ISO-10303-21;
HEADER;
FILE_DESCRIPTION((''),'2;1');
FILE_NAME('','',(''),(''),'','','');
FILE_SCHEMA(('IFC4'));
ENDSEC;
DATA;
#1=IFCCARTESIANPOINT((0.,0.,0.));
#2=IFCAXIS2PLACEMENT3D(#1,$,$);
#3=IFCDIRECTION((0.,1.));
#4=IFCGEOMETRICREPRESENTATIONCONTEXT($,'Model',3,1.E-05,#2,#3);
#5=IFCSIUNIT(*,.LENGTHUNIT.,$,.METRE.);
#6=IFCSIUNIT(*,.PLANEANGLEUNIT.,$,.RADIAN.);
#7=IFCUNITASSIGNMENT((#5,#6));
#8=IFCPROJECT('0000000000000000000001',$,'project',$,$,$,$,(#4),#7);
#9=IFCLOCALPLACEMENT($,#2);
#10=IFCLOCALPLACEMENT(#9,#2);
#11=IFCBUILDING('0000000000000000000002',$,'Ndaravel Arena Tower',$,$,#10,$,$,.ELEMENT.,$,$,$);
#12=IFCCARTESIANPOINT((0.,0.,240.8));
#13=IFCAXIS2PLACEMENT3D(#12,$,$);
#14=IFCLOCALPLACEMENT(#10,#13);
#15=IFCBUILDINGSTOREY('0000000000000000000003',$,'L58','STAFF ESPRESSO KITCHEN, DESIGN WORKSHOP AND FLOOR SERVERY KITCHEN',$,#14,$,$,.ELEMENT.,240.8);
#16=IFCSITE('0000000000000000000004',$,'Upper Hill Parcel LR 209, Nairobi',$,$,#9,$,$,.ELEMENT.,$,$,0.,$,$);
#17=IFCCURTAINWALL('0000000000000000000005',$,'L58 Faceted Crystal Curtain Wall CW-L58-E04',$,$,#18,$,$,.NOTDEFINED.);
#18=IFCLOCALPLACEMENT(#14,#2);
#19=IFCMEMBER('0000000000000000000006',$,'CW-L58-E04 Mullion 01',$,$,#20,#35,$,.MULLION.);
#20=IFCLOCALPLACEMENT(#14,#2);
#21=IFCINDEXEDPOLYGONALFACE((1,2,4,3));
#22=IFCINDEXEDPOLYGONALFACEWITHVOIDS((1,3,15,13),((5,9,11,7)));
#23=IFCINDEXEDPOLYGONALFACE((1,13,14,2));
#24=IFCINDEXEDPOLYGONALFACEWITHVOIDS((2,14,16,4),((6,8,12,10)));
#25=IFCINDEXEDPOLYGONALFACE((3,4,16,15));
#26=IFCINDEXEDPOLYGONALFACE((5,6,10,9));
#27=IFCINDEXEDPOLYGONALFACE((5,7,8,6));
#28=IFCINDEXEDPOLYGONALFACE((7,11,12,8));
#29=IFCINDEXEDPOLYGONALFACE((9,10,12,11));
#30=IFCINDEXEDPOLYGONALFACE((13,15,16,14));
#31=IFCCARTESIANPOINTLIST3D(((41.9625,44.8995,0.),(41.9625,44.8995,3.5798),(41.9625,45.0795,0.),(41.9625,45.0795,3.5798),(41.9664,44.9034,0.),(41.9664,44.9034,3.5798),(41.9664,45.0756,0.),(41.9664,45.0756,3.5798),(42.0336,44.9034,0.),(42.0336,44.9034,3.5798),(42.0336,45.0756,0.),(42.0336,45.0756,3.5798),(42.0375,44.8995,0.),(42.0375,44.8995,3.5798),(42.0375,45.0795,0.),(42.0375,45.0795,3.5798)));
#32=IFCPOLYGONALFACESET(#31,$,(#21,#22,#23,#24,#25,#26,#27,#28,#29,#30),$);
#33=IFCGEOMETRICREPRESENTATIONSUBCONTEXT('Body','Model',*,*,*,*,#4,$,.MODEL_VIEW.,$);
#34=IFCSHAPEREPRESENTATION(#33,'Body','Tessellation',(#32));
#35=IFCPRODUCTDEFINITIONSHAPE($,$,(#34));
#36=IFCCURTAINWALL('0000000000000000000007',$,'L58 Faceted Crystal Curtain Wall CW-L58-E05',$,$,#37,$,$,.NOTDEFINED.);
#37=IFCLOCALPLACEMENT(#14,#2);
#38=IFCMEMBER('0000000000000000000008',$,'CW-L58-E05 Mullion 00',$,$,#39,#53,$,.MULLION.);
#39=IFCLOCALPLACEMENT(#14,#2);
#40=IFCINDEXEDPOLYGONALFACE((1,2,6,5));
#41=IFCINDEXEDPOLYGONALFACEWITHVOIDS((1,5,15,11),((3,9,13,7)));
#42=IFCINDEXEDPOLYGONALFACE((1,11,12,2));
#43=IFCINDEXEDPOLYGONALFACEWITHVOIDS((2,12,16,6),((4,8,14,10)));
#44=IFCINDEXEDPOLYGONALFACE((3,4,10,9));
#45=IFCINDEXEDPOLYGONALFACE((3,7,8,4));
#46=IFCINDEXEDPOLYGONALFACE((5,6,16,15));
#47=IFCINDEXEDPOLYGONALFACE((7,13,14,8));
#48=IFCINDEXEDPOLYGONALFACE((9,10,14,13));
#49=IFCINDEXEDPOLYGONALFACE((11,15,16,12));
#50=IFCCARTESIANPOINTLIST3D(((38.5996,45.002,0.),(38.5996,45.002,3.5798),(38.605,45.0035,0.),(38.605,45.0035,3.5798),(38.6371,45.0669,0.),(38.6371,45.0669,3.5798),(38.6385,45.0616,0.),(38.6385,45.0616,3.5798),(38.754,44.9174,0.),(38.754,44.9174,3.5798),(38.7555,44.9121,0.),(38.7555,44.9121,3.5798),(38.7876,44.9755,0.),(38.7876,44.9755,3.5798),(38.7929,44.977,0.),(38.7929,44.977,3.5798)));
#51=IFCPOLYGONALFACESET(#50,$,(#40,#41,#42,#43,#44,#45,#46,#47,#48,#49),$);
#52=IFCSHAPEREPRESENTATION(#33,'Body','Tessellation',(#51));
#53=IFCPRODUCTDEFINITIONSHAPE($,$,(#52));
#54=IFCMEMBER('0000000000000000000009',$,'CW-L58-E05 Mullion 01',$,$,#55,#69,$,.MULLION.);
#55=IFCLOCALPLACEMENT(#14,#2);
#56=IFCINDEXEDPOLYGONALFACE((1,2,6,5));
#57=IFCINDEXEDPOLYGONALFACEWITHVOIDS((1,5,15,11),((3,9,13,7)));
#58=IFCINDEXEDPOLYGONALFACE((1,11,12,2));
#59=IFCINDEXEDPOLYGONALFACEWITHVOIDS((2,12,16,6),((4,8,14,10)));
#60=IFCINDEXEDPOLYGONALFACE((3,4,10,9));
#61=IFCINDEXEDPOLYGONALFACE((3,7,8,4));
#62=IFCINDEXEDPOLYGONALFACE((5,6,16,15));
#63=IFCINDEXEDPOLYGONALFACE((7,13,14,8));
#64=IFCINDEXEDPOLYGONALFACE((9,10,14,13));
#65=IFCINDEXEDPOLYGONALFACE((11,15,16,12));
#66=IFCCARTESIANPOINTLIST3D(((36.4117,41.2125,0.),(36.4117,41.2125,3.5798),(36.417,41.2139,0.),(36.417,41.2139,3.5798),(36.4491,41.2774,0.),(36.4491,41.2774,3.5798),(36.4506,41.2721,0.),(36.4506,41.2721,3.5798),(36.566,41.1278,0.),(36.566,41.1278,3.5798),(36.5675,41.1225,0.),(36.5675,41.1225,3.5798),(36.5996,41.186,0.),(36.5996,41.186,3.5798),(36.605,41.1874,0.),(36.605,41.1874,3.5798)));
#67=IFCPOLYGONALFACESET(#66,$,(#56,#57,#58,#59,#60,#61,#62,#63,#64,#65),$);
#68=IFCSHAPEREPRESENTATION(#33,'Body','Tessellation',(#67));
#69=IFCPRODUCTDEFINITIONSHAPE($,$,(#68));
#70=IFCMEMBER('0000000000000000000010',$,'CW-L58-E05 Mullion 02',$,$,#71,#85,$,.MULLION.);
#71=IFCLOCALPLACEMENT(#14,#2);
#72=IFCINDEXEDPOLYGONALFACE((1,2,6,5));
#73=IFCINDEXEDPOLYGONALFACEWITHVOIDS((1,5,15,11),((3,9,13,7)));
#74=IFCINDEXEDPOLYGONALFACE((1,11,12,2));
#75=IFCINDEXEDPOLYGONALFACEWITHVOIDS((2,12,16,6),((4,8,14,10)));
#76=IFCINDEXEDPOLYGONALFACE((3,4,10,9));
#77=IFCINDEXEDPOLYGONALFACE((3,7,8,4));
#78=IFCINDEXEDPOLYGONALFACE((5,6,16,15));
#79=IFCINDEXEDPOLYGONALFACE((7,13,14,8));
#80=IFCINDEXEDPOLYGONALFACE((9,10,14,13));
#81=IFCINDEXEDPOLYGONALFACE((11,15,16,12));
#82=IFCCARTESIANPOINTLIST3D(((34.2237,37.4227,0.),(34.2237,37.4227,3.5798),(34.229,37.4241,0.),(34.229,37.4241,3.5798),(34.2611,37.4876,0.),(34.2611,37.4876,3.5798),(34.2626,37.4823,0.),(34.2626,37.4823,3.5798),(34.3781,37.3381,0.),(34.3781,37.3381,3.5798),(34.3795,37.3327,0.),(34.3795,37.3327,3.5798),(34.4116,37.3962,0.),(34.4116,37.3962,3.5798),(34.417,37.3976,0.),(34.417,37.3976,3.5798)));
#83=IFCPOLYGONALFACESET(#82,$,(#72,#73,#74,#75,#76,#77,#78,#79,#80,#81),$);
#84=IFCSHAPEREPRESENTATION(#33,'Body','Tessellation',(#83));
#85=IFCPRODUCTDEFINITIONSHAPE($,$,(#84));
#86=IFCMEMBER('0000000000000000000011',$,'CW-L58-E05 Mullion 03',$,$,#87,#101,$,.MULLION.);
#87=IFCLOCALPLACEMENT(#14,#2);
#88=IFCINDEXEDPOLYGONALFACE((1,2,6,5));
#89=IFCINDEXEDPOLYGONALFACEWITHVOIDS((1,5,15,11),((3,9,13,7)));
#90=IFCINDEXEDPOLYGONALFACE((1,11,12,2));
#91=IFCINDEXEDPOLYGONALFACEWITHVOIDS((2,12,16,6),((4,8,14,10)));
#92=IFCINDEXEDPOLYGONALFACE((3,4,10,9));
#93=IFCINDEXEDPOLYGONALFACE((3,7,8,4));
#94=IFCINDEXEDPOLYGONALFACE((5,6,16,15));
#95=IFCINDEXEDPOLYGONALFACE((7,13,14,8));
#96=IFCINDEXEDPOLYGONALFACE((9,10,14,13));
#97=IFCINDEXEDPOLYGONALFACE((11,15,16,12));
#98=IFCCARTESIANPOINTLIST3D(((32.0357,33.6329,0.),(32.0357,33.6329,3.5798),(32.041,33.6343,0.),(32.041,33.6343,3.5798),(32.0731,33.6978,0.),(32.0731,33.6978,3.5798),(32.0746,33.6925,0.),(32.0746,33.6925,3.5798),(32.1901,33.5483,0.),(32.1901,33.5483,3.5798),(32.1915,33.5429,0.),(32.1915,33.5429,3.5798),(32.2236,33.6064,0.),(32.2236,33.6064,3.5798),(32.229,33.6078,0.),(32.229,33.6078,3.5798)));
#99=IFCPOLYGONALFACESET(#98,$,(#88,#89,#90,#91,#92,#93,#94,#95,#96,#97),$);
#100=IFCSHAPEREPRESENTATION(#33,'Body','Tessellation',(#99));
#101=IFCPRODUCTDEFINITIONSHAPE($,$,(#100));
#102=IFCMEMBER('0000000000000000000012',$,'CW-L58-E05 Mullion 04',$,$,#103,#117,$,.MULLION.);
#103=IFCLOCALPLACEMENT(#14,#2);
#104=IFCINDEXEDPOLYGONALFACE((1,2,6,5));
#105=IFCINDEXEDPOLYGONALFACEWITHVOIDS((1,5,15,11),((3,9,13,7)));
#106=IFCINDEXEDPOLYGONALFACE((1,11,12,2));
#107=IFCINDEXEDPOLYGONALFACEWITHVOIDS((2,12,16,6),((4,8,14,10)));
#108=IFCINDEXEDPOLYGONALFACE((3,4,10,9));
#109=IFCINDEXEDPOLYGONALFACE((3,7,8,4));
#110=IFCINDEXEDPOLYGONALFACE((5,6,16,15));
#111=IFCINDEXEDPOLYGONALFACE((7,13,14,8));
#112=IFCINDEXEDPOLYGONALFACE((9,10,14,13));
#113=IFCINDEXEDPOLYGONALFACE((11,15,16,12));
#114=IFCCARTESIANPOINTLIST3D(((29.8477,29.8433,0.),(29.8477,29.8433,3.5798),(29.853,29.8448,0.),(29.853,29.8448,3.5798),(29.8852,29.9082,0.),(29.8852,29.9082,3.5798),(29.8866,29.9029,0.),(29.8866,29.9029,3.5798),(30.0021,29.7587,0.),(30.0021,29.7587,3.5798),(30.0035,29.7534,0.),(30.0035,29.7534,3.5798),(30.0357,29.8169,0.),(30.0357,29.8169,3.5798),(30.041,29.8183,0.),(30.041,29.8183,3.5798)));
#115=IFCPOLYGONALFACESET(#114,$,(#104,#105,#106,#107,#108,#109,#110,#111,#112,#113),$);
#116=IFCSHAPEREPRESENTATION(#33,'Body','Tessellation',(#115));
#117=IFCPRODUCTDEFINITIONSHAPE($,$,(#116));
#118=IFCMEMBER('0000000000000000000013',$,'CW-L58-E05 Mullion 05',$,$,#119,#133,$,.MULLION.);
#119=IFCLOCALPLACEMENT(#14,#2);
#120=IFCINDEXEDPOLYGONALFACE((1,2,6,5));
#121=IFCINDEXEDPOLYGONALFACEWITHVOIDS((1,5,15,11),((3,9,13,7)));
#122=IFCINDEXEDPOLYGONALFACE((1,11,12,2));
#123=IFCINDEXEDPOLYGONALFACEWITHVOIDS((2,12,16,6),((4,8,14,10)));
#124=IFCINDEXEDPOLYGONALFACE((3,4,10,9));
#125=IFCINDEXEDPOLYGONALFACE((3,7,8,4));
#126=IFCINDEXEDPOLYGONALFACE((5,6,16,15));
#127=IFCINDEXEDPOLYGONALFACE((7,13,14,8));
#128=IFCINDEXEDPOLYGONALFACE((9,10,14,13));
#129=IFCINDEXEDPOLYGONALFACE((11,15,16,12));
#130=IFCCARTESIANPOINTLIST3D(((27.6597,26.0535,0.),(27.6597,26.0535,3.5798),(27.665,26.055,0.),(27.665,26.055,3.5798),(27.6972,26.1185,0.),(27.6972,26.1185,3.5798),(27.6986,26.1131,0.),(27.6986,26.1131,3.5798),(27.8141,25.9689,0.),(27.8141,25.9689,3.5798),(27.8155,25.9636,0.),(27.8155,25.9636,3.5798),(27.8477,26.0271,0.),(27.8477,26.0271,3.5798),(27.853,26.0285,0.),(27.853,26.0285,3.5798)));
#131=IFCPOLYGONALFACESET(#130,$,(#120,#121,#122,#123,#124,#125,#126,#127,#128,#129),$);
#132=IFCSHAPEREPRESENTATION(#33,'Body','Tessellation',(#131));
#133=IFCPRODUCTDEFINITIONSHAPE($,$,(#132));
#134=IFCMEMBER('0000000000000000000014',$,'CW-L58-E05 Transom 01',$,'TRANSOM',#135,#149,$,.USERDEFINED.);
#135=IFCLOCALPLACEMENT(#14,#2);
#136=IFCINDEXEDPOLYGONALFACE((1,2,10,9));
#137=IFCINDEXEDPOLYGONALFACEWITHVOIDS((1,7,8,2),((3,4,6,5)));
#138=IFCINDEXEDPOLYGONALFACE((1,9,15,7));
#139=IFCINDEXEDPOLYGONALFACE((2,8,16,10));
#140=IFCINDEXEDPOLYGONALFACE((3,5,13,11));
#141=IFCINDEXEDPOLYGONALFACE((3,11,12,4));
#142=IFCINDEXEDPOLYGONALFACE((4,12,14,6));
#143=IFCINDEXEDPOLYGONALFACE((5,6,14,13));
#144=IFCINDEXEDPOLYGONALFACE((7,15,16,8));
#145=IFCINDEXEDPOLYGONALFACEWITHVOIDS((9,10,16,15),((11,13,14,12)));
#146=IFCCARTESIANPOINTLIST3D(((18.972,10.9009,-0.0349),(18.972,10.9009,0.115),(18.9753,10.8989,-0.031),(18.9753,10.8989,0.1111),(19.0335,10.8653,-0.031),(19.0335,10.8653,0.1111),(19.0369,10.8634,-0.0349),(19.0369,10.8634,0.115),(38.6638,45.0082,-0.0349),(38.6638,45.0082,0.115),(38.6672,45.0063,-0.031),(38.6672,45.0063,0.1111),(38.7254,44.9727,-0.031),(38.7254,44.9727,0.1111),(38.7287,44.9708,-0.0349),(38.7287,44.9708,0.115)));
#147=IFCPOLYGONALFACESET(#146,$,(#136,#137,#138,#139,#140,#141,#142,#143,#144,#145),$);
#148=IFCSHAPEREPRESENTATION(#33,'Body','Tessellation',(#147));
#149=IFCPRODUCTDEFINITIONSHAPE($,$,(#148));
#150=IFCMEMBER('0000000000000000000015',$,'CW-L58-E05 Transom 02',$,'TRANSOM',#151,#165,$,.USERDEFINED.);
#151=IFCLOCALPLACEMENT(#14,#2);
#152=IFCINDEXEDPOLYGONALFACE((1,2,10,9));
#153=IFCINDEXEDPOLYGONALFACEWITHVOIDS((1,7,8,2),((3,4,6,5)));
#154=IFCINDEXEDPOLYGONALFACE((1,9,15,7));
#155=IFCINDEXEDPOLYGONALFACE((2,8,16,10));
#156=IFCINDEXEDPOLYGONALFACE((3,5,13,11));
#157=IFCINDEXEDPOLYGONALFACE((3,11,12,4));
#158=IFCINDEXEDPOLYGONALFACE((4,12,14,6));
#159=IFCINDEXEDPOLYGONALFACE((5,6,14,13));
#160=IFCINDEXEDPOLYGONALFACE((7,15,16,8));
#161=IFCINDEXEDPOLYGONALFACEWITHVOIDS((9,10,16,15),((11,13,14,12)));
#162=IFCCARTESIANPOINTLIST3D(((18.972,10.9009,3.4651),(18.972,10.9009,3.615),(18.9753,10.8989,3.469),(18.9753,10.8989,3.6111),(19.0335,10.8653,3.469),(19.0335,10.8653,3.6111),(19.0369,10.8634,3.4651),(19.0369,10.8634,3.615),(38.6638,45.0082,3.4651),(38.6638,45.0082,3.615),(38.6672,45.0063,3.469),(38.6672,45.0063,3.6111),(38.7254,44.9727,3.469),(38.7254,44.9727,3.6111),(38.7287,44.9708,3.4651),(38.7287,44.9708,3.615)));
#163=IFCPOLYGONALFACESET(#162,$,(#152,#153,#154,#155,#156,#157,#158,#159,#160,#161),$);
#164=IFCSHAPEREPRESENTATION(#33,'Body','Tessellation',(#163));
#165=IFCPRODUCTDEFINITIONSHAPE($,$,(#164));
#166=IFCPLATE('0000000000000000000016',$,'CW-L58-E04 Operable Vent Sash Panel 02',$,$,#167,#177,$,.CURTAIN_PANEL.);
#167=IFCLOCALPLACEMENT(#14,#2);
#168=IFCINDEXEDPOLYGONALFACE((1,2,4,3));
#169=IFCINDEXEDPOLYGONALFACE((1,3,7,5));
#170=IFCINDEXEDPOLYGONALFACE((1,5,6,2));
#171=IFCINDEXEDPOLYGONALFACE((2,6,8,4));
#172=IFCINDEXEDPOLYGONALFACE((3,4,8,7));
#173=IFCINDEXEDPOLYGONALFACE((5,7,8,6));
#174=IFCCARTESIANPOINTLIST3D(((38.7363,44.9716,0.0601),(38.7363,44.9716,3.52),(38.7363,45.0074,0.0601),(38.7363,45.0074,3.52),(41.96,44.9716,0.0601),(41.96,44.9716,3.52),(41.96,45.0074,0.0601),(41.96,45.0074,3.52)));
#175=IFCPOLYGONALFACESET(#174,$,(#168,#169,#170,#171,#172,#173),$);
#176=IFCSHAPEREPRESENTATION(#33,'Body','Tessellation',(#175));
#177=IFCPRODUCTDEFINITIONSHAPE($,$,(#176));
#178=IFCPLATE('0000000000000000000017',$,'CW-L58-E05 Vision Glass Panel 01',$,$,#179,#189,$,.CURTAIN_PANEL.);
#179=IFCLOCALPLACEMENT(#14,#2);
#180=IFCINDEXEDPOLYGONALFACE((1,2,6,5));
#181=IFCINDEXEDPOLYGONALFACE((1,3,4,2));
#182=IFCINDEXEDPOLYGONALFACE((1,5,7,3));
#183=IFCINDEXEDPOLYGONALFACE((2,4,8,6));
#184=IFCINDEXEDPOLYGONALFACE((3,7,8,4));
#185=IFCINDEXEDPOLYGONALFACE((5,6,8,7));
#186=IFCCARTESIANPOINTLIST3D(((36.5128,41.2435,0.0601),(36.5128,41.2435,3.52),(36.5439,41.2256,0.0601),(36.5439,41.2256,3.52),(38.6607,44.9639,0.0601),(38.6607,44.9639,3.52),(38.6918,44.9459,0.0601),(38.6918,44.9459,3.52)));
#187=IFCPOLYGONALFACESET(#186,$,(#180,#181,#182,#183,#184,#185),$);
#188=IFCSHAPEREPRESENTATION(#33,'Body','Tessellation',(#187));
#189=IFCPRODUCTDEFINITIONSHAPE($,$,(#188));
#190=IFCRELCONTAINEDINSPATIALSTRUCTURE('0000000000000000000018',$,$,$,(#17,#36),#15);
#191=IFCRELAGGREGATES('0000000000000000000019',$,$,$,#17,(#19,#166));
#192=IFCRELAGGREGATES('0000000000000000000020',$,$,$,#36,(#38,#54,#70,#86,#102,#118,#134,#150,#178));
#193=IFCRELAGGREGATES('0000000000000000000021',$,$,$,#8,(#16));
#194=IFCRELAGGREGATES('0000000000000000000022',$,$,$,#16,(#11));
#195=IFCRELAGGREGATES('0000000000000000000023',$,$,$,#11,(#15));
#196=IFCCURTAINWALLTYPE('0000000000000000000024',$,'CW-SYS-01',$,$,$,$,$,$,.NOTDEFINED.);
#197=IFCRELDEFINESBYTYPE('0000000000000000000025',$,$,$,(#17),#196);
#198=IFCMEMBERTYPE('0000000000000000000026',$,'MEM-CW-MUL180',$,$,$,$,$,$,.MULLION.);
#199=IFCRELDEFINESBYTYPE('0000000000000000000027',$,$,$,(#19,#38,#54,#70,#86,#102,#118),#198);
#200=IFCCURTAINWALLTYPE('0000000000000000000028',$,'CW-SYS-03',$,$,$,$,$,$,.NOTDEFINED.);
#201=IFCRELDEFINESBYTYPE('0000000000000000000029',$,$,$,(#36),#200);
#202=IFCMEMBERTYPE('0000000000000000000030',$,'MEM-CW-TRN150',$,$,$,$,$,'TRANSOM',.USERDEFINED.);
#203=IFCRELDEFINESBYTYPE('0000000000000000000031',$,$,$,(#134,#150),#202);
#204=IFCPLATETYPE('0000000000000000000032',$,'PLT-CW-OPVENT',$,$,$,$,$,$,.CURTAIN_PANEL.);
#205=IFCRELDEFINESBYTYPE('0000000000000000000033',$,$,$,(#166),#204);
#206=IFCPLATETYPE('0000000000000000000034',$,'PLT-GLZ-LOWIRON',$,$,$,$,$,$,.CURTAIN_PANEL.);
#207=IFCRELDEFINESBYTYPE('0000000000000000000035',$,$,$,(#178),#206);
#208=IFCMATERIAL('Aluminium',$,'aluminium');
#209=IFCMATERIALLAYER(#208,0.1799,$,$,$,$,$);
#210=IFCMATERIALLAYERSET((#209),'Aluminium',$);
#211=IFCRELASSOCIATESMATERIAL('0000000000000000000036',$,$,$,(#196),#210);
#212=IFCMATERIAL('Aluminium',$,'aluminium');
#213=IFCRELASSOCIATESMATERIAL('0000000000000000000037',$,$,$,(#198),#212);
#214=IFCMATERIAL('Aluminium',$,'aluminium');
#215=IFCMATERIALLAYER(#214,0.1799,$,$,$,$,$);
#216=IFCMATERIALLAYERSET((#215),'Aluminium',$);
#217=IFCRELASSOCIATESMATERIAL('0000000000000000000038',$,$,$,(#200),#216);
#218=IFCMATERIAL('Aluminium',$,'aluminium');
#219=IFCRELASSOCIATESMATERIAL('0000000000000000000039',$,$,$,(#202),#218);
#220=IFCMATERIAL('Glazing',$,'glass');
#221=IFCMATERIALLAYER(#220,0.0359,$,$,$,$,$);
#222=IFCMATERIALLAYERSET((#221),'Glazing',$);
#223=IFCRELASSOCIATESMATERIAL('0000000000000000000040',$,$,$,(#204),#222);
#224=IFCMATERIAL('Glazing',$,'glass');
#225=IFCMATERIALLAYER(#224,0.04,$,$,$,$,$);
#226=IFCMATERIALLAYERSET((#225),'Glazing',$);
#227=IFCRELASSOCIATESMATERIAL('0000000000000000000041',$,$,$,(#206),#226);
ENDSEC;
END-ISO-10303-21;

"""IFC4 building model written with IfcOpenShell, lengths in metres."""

from ifc_helpers import new_model, si_unit, direction, frame, origin, origin_2d, place, context, subcontext, project, spatial, rectangle, hollow_rectangle, extrude, material, layer, layer_set, material_profile, profile_set, type_object, element, aggregate, save


model = new_model("IFC4")

# Units and contexts
model_context = context("Model", 3, precision=1e-05, world=origin(), true_north=direction((0.0, 1.0)))
body_context = subcontext(model_context, "Body", "Model", "MODEL_VIEW")
ifc_project = project(units=[si_unit("LENGTHUNIT", "METRE"), si_unit("PLANEANGLEUNIT", "RADIAN")], contexts=[model_context])

# Site, building, storey
site_placement = place(None, origin())
site = spatial("IfcSite", under=ifc_project, at=site_placement, Name="Upper Hill Parcel LR 209, Nairobi", CompositionType="ELEMENT", RefElevation=0.0)
building_placement = place(site_placement, origin())
building = spatial("IfcBuilding", under=site, at=building_placement, Name="Ndaravel Arena Tower", CompositionType="ELEMENT")
storey_placement = place(building_placement, frame((0.0, 0.0, 240.8)))
storey = spatial("IfcBuildingStorey", under=building, at=storey_placement, Name="L58", Description="STAFF ESPRESSO KITCHEN, DESIGN WORKSHOP AND FLOOR SERVERY KITCHEN", CompositionType="ELEMENT", Elevation=240.8)

# Curtain wall, member
ifc_material_1 = material(Name="Aluminium", Category="aluminium")
ifc_layer_1 = layer(ifc_material_1, 0.1799)
ifc_layer_set_1 = layer_set([ifc_layer_1], Name="Aluminium")
curtain_wall_type_1 = type_object("IfcCurtainWallType", Name="CW-SYS-01", PredefinedType="NOTDEFINED", material=ifc_layer_set_1)
curtain_wall_1_placement = place(storey_placement, origin())
curtain_wall_1 = element("IfcCurtainWall", 1, at=curtain_wall_1_placement, inside=storey, type_object=curtain_wall_type_1, Name="L58 Faceted Crystal Curtain Wall CW-L58-E04", PredefinedType="NOTDEFINED")
ifc_material_2 = material(Name="Aluminium", Category="aluminium")
ifc_material_profile_1 = material_profile(ifc_material_2, hollow_rectangle(XDim=0.075, YDim=0.1799, WallThickness=0.0039, at=origin_2d()), Name="CW MULLION 75x180x4")
ifc_profile_set_1 = profile_set([ifc_material_profile_1], Name="Aluminium")
member_type_1 = type_object("IfcMemberType", Name="MEM-CW-MUL180", PredefinedType="MULLION", material=ifc_profile_set_1)
member_1_placement = place(storey_placement, frame((42.0, 44.9895, 0.0), z_axis=(0.0, 0.0, 1.0), x_axis=(-1.0, 0.0, 0.0)))
member_1 = element("IfcMember", 2, at=member_1_placement, type_object=member_type_1, Name="CW-L58-E04 Mullion 01", PredefinedType="MULLION", context=body_context, shape_type="SweptSolid", body=[
    extrude(hollow_rectangle(XDim=0.075, YDim=0.1799, WallThickness=0.0039, at=origin_2d()), origin(), (0.0, 0.0, 1.0), 3.5798),
])

# Curtain wall, members
ifc_material_3 = material(Name="Aluminium", Category="aluminium")
ifc_layer_2 = layer(ifc_material_3, 0.1799)
ifc_layer_set_2 = layer_set([ifc_layer_2], Name="Aluminium")
curtain_wall_type_2 = type_object("IfcCurtainWallType", Name="CW-SYS-03", PredefinedType="NOTDEFINED", material=ifc_layer_set_2)
curtain_wall_2_placement = place(storey_placement, origin())
curtain_wall_2 = element("IfcCurtainWall", 3, at=curtain_wall_2_placement, inside=storey, type_object=curtain_wall_type_2, Name="L58 Faceted Crystal Curtain Wall CW-L58-E05", PredefinedType="NOTDEFINED")
member_2_placement = place(storey_placement, frame((38.6963, 44.9895, 0.0), z_axis=(0.0, 0.0, 1.0), x_axis=(-0.5, -0.866025, 0.0)))
member_2 = element("IfcMember", 4, at=member_2_placement, type_object=member_type_1, Name="CW-L58-E05 Mullion 00", PredefinedType="MULLION", context=body_context, shape_type="SweptSolid", body=[
    extrude(hollow_rectangle(XDim=0.075, YDim=0.1799, WallThickness=0.0039, at=origin_2d()), origin(), (0.0, 0.0, 1.0), 3.5798),
])
member_3_placement = place(storey_placement, frame((36.5083, 41.2, 0.0), z_axis=(0.0, 0.0, 1.0), x_axis=(-0.5, -0.866025, 0.0)))
member_3 = element("IfcMember", 5, at=member_3_placement, type_object=member_type_1, Name="CW-L58-E05 Mullion 01", PredefinedType="MULLION", context=body_context, shape_type="SweptSolid", body=[
    extrude(hollow_rectangle(XDim=0.075, YDim=0.1799, WallThickness=0.0039, at=origin_2d()), origin(), (0.0, 0.0, 1.0), 3.5798),
])
member_4_placement = place(storey_placement, frame((34.3203, 37.4102, 0.0), z_axis=(0.0, 0.0, 1.0), x_axis=(-0.5, -0.866025, 0.0)))
member_4 = element("IfcMember", 6, at=member_4_placement, type_object=member_type_1, Name="CW-L58-E05 Mullion 02", PredefinedType="MULLION", context=body_context, shape_type="SweptSolid", body=[
    extrude(hollow_rectangle(XDim=0.075, YDim=0.1799, WallThickness=0.0039, at=origin_2d()), origin(), (0.0, 0.0, 1.0), 3.5798),
])
member_5_placement = place(storey_placement, frame((32.1323, 33.6204, 0.0), z_axis=(0.0, 0.0, 1.0), x_axis=(-0.5, -0.866025, 0.0)))
member_5 = element("IfcMember", 7, at=member_5_placement, type_object=member_type_1, Name="CW-L58-E05 Mullion 03", PredefinedType="MULLION", context=body_context, shape_type="SweptSolid", body=[
    extrude(hollow_rectangle(XDim=0.075, YDim=0.1799, WallThickness=0.0039, at=origin_2d()), origin(), (0.0, 0.0, 1.0), 3.5798),
])
member_6_placement = place(storey_placement, frame((29.9443, 29.8308, 0.0), z_axis=(0.0, 0.0, 1.0), x_axis=(-0.5, -0.866025, 0.0)))
member_6 = element("IfcMember", 8, at=member_6_placement, type_object=member_type_1, Name="CW-L58-E05 Mullion 04", PredefinedType="MULLION", context=body_context, shape_type="SweptSolid", body=[
    extrude(hollow_rectangle(XDim=0.075, YDim=0.1799, WallThickness=0.0039, at=origin_2d()), origin(), (0.0, 0.0, 1.0), 3.5798),
])
member_7_placement = place(storey_placement, frame((27.7563, 26.041, 0.0), z_axis=(0.0, 0.0, 1.0), x_axis=(-0.5, -0.866025, 0.0)))
member_7 = element("IfcMember", 9, at=member_7_placement, type_object=member_type_1, Name="CW-L58-E05 Mullion 05", PredefinedType="MULLION", context=body_context, shape_type="SweptSolid", body=[
    extrude(hollow_rectangle(XDim=0.075, YDim=0.1799, WallThickness=0.0039, at=origin_2d()), origin(), (0.0, 0.0, 1.0), 3.5798),
])
ifc_material_4 = material(Name="Aluminium", Category="aluminium")
ifc_material_profile_2 = material_profile(ifc_material_4, hollow_rectangle(XDim=0.075, YDim=0.1499, WallThickness=0.0039, at=origin_2d()), Name="CW TRANSOM 75x150x4")
ifc_profile_set_2 = profile_set([ifc_material_profile_2], Name="Aluminium")
member_type_2 = type_object("IfcMemberType", Name="MEM-CW-TRN150", ElementType="TRANSOM", PredefinedType="USERDEFINED", material=ifc_profile_set_2)
member_8_placement = place(storey_placement, frame((38.6963, 44.9895, 0.04), z_axis=(-0.499999, -0.866026, 0.0), x_axis=(0.866026, -0.499999, 0.0)))
member_8 = element("IfcMember", 10, at=member_8_placement, type_object=member_type_2, Name="CW-L58-E05 Transom 01", ObjectType="TRANSOM", PredefinedType="USERDEFINED", context=body_context, shape_type="SweptSolid", body=[
    extrude(hollow_rectangle(XDim=0.075, YDim=0.1499, WallThickness=0.0039, at=origin_2d()), origin(), (0.0, 0.0, 1.0), 39.3838),
])
member_9_placement = place(storey_placement, frame((38.6963, 44.9895, 3.54), z_axis=(-0.499999, -0.866026, 0.0), x_axis=(0.866026, -0.499999, 0.0)))
member_9 = element("IfcMember", 11, at=member_9_placement, type_object=member_type_2, Name="CW-L58-E05 Transom 02", ObjectType="TRANSOM", PredefinedType="USERDEFINED", context=body_context, shape_type="SweptSolid", body=[
    extrude(hollow_rectangle(XDim=0.075, YDim=0.1499, WallThickness=0.0039, at=origin_2d()), origin(), (0.0, 0.0, 1.0), 39.3838),
])

# Plates
ifc_material_5 = material(Name="Glazing", Category="glass")
ifc_layer_3 = layer(ifc_material_5, 0.0359)
ifc_layer_set_3 = layer_set([ifc_layer_3], Name="Glazing")
plate_type_1 = type_object("IfcPlateType", Name="PLT-CW-OPVENT", PredefinedType="CURTAIN_PANEL", material=ifc_layer_set_3)
plate_1_placement = place(storey_placement, frame((40.3481, 44.9895, 0.0601), z_axis=(0.0, 0.0, 1.0), x_axis=(-1.0, 0.0, 0.0)))
plate_1 = element("IfcPlate", 12, at=plate_1_placement, type_object=plate_type_1, Name="CW-L58-E04 Operable Vent Sash Panel 02", PredefinedType="CURTAIN_PANEL", context=body_context, shape_type="SweptSolid", body=[
    extrude(rectangle(XDim=3.2236, YDim=0.0359, at=origin_2d()), origin(), (0.0, 0.0, 1.0), 3.46),
])
aggregate(curtain_wall_1, [member_1, plate_1])
ifc_material_6 = material(Name="Glazing", Category="glass")
ifc_layer_4 = layer(ifc_material_6, 0.04)
ifc_layer_set_4 = layer_set([ifc_layer_4], Name="Glazing")
plate_type_2 = type_object("IfcPlateType", Name="PLT-GLZ-LOWIRON", PredefinedType="CURTAIN_PANEL", material=ifc_layer_set_4)
plate_2_placement = place(storey_placement, frame((37.6023, 43.0947, 0.0601), z_axis=(0.0, 0.0, 1.0), x_axis=(-0.5, -0.866025, 0.0)))
plate_2 = element("IfcPlate", 13, at=plate_2_placement, type_object=plate_type_2, Name="CW-L58-E05 Vision Glass Panel 01", PredefinedType="CURTAIN_PANEL", context=body_context, shape_type="SweptSolid", body=[
    extrude(rectangle(XDim=4.2959, YDim=0.0359, at=origin_2d()), origin(), (0.0, 0.0, 1.0), 3.46),
])
aggregate(curtain_wall_2, [member_2, member_3, member_4, member_5, member_6, member_7, member_8, member_9, plate_2])

save(model, "model.ifc")
